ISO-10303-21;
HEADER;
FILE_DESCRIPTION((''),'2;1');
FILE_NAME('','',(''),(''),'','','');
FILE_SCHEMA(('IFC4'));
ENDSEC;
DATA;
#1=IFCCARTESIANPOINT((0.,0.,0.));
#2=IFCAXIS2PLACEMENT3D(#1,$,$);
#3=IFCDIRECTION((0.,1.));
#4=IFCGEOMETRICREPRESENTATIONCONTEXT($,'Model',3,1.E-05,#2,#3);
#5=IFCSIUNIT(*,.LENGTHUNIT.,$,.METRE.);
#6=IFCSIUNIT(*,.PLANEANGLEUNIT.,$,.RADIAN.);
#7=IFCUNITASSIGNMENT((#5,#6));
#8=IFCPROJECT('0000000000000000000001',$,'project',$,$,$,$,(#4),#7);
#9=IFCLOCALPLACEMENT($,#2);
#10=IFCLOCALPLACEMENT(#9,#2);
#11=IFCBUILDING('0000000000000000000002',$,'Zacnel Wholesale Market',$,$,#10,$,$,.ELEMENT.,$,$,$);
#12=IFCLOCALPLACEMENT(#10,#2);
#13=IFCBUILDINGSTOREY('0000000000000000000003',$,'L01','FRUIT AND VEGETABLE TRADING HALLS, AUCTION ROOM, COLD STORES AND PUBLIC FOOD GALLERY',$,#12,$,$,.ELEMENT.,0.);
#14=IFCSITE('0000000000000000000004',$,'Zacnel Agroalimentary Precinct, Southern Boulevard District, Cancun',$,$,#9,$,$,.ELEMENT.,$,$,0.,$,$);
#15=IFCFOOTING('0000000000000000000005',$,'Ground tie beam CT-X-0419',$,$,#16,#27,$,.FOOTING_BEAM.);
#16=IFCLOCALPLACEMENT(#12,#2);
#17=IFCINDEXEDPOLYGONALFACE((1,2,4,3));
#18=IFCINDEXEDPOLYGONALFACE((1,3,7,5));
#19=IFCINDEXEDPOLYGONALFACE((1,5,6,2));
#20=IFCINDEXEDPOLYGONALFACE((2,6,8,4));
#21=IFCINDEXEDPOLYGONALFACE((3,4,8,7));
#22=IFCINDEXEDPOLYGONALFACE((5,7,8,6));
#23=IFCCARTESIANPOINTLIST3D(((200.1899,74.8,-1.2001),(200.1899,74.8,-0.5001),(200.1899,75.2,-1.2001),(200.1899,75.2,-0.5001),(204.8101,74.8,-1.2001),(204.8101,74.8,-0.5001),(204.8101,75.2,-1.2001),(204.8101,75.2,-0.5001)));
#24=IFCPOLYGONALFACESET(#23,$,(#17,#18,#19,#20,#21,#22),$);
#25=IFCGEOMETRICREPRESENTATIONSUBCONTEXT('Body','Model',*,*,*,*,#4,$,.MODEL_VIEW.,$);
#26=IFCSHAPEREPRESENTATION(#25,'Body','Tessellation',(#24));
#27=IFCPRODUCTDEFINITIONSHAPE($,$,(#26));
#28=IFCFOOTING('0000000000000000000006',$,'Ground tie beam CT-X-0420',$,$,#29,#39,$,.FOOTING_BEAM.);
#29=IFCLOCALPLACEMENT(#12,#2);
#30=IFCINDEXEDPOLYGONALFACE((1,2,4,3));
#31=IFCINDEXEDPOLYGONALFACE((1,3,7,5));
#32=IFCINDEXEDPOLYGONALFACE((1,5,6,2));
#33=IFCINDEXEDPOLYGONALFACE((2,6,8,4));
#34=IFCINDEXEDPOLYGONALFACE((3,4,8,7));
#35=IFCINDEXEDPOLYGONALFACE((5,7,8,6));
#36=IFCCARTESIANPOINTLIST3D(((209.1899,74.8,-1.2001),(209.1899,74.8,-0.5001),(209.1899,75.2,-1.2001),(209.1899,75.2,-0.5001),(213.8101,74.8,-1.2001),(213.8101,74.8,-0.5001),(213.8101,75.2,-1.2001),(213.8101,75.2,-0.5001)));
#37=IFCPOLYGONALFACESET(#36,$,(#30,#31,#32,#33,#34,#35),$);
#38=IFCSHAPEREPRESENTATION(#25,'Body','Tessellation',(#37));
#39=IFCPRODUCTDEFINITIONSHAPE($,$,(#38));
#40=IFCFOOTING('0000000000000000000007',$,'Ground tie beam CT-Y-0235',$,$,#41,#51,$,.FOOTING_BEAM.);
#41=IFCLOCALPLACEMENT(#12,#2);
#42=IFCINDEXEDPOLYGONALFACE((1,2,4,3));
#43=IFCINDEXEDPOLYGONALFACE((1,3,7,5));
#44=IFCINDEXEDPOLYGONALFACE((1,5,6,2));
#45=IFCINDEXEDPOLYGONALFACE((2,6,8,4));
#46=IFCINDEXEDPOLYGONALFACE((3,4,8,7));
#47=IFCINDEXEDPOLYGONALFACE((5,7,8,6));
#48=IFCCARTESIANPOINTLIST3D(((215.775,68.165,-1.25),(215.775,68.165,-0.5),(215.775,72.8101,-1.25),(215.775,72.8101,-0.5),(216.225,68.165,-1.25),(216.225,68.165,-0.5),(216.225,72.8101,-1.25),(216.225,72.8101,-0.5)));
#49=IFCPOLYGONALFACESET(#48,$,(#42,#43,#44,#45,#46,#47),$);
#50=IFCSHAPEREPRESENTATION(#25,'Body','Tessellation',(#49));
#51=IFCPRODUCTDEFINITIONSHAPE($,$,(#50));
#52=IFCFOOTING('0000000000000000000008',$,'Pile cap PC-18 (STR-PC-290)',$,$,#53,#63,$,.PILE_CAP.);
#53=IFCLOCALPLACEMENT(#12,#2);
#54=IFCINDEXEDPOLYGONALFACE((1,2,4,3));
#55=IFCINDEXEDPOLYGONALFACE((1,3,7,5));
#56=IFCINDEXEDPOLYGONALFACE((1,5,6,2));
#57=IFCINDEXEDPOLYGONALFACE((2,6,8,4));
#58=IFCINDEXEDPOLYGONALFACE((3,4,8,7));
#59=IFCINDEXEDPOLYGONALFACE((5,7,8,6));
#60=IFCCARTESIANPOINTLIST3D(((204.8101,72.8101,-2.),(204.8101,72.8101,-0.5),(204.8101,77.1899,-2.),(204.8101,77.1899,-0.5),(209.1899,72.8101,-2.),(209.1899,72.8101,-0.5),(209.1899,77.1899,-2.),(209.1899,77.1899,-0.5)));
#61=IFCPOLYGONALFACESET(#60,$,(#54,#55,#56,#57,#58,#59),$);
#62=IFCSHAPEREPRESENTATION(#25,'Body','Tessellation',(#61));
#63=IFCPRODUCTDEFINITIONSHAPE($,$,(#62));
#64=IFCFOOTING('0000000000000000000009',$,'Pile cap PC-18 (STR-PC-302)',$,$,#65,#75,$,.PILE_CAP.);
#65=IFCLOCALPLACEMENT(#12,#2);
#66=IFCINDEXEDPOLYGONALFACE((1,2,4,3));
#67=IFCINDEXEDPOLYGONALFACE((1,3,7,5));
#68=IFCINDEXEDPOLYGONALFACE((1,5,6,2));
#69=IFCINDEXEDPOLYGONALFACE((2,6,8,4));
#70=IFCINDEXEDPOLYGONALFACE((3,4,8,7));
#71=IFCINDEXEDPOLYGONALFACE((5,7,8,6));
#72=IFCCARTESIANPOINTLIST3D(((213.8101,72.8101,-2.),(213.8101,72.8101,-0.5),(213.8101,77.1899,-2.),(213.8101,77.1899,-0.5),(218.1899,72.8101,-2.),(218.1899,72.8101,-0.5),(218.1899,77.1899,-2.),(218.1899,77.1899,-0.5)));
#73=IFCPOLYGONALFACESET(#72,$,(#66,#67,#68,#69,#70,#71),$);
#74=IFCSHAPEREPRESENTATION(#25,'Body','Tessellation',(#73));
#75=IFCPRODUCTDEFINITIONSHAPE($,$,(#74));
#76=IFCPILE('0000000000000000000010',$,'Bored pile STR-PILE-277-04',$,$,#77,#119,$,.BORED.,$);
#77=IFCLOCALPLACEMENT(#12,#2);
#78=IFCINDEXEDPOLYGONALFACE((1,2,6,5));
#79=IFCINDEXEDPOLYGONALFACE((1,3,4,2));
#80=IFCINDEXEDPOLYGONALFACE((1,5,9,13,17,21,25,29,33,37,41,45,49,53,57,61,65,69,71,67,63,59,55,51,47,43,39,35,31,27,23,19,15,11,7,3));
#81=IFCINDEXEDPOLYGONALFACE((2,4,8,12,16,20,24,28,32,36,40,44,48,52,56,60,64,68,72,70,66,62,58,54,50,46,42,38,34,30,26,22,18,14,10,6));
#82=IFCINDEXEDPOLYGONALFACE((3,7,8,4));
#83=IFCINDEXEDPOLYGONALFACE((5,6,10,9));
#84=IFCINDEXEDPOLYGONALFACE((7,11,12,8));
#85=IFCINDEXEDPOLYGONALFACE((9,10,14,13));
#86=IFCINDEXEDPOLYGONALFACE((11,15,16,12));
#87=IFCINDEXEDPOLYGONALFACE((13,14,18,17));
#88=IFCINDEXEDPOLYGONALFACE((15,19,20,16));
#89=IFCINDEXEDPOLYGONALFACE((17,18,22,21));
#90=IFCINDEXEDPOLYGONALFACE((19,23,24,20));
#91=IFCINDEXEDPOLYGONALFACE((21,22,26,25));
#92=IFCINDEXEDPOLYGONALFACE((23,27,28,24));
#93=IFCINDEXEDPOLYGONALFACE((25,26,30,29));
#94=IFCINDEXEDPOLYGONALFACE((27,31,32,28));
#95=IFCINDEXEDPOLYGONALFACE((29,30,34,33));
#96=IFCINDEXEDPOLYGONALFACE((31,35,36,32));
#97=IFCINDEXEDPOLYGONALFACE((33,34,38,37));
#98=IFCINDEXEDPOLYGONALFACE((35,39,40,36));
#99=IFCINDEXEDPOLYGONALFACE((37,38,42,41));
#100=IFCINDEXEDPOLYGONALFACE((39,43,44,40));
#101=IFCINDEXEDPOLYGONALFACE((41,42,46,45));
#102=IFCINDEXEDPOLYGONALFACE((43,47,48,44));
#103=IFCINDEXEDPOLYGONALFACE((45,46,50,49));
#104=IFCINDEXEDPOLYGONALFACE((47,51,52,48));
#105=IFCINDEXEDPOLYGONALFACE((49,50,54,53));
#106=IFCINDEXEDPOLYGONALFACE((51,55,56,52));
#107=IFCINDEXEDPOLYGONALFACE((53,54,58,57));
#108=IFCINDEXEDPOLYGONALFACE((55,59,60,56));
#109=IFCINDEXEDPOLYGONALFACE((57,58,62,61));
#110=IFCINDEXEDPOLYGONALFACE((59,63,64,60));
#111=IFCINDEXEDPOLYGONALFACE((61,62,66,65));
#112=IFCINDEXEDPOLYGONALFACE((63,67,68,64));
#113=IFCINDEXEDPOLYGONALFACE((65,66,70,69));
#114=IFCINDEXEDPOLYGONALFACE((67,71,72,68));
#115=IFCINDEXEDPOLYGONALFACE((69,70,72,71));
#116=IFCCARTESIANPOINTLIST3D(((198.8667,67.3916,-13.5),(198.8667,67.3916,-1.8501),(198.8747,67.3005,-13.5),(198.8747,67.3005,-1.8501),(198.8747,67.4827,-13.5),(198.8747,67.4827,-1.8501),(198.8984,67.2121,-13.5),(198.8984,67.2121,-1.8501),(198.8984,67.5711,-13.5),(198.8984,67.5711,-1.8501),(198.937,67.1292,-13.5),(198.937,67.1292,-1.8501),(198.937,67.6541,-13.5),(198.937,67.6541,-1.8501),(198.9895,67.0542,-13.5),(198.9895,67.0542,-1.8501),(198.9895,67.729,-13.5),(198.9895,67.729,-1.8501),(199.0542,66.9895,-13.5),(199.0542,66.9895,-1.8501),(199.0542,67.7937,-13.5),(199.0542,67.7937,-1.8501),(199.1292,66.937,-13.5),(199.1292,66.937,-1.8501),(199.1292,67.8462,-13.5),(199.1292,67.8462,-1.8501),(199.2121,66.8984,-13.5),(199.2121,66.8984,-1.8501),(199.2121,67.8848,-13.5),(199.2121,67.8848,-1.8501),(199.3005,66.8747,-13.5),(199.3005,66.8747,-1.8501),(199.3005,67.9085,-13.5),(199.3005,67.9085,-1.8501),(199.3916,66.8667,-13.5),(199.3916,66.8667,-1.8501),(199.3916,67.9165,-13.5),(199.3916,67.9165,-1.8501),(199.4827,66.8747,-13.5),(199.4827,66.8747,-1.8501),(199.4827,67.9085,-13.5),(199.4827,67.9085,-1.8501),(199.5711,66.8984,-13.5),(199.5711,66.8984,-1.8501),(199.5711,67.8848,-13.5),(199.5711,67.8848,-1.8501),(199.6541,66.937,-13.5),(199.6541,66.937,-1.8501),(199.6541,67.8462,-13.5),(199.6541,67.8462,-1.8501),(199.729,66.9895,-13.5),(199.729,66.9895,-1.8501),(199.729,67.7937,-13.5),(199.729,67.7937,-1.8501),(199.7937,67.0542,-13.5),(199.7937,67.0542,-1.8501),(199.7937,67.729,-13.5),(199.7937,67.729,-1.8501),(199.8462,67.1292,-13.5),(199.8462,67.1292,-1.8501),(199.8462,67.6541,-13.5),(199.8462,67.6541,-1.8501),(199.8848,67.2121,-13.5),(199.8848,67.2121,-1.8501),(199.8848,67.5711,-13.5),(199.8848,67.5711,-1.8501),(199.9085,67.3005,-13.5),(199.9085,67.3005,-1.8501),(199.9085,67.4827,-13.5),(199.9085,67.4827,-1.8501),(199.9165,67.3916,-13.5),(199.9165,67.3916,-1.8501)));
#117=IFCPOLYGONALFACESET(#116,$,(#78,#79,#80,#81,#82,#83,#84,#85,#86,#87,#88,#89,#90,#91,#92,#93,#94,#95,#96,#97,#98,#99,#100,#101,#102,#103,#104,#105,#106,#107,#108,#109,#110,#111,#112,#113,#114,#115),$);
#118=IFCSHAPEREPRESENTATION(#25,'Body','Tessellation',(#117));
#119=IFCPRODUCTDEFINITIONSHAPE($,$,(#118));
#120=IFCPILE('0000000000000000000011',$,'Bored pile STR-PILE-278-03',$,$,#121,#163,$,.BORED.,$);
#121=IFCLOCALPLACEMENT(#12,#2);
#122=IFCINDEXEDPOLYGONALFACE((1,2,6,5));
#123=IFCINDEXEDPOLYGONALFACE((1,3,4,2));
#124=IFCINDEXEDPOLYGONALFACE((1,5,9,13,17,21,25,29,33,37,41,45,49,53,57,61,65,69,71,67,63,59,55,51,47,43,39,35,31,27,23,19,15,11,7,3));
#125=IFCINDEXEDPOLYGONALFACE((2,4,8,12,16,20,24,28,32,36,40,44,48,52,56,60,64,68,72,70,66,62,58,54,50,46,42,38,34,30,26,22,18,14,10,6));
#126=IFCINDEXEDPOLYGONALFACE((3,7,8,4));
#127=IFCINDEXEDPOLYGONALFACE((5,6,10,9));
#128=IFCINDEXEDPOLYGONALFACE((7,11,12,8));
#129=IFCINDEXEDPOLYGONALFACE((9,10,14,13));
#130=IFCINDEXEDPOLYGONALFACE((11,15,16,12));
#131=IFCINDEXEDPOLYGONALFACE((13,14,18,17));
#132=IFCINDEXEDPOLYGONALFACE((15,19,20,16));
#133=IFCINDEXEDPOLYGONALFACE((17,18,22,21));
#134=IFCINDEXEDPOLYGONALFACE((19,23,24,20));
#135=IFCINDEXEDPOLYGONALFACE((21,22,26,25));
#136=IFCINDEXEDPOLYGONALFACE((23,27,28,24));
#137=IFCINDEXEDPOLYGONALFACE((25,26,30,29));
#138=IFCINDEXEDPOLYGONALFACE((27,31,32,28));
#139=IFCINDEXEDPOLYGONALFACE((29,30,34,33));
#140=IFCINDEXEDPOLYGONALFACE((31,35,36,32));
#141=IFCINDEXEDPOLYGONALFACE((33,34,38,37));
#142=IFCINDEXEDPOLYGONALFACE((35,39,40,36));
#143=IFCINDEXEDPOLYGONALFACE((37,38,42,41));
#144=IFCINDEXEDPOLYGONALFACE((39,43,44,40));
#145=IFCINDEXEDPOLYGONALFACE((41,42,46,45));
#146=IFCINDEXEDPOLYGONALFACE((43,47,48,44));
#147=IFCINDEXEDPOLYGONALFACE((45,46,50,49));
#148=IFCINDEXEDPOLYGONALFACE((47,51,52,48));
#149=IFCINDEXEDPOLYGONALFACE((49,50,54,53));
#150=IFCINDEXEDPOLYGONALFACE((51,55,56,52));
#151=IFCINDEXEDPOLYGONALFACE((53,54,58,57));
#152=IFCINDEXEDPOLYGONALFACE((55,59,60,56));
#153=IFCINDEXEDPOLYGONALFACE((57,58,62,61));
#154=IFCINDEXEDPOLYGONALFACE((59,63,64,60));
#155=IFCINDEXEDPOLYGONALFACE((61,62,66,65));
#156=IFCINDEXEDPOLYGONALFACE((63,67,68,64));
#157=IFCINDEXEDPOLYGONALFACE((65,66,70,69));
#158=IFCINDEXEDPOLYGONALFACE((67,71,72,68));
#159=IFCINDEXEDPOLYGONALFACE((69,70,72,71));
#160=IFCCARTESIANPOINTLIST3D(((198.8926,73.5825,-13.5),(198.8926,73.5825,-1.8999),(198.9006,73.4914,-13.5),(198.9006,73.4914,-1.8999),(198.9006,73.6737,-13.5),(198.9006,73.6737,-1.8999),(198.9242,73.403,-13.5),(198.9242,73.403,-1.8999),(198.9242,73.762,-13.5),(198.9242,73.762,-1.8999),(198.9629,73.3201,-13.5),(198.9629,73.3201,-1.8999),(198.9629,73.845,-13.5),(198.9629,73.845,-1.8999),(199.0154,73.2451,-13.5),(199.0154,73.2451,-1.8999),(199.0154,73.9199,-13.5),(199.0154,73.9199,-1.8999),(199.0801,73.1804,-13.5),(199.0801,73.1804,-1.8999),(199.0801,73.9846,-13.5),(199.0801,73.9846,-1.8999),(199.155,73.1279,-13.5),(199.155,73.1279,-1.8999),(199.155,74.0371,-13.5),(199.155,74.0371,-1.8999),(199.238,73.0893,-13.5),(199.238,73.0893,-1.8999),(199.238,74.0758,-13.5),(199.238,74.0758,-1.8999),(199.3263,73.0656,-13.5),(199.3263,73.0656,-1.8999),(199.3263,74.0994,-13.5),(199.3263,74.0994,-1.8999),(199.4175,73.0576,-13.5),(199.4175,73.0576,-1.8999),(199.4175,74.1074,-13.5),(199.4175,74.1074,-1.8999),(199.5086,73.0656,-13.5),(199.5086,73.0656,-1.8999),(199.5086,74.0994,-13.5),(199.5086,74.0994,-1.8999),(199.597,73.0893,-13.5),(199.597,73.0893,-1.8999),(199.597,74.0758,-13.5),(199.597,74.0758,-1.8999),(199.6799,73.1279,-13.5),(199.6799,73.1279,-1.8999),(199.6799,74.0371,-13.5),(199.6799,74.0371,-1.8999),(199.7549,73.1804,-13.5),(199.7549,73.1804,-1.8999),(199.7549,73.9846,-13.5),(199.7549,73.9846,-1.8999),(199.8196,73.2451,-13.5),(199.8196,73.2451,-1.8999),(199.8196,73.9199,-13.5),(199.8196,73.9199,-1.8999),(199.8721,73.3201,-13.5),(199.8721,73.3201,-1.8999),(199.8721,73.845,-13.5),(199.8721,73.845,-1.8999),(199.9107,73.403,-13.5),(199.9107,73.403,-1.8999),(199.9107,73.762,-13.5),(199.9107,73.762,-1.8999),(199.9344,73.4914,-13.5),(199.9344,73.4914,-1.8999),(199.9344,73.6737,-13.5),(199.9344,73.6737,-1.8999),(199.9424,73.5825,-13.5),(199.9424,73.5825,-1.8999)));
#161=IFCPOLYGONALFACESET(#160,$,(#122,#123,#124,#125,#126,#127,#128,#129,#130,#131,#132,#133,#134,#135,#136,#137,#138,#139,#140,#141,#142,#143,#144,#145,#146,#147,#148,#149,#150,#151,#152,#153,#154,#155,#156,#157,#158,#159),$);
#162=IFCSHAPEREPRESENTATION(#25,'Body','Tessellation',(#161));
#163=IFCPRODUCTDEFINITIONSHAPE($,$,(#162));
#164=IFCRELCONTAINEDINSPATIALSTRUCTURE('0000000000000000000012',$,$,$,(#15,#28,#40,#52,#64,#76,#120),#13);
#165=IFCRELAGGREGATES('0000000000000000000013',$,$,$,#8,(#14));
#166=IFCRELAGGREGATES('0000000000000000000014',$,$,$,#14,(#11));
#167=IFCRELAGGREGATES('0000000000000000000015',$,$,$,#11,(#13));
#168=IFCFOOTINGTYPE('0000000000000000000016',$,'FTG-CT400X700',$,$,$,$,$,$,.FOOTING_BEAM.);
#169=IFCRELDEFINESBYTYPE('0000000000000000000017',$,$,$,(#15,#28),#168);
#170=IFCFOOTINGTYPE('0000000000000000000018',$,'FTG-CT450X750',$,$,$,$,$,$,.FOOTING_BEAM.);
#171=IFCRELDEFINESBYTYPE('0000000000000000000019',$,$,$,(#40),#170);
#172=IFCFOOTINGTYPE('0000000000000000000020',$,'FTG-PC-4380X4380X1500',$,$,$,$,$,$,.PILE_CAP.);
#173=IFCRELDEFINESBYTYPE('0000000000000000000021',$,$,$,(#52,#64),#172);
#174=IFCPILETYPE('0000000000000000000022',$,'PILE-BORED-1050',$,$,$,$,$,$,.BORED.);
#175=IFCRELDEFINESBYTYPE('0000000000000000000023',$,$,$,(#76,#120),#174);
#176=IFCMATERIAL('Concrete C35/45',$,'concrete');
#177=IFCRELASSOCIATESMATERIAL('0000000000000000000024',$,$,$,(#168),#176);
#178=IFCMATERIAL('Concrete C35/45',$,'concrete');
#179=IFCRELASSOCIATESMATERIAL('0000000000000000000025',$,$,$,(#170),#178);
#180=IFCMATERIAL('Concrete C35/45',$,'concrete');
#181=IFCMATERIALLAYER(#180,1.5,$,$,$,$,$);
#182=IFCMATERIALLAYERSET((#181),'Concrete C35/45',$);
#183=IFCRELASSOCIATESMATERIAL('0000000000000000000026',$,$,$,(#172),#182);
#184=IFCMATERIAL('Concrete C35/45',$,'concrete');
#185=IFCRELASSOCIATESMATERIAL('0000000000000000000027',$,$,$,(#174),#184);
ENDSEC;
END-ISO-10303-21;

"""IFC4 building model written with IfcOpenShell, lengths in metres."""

from ifc_helpers import new_model, si_unit, direction, frame, origin, origin_2d, place, context, subcontext, project, spatial, rectangle, circle, extrude, material, layer, layer_set, material_profile, profile_set, type_object, element, save


model = new_model("IFC4")

# Units and contexts
model_context = context("Model", 3, precision=1e-05, world=origin(), true_north=direction((0.0, 1.0)))
body_context = subcontext(model_context, "Body", "Model", "MODEL_VIEW")
ifc_project = project(units=[si_unit("LENGTHUNIT", "METRE"), si_unit("PLANEANGLEUNIT", "RADIAN")], contexts=[model_context])

# Site, building, storey
site_placement = place(None, origin())
site = spatial("IfcSite", under=ifc_project, at=site_placement, Name="Zacnel Agroalimentary Precinct, Southern Boulevard District, Cancun", CompositionType="ELEMENT", RefElevation=0.0)
building_placement = place(site_placement, origin())
building = spatial("IfcBuilding", under=site, at=building_placement, Name="Zacnel Wholesale Market", CompositionType="ELEMENT")
storey_placement = place(building_placement, origin())
storey = spatial("IfcBuildingStorey", under=building, at=storey_placement, Name="L01", Description="FRUIT AND VEGETABLE TRADING HALLS, AUCTION ROOM, COLD STORES AND PUBLIC FOOD GALLERY", CompositionType="ELEMENT", Elevation=0.0)

# Footings
ifc_material_1 = material(Name="Concrete C35/45", Category="concrete")
ifc_material_profile_1 = material_profile(ifc_material_1, rectangle(XDim=0.3999, YDim=0.7, at=origin_2d()), Name="CT 400x700")
ifc_profile_set_1 = profile_set([ifc_material_profile_1], Name="Concrete C35/45")
footing_type_1 = type_object("IfcFootingType", Name="FTG-CT400X700", PredefinedType="FOOTING_BEAM", material=ifc_profile_set_1)
for number, where, z_axis, x_axis, name in (
    (1, (200.1899, 75.0, -0.8501), (1.0, 0.0, 0.0), (0.0, 1.0, 0.0), "Ground tie beam CT-X-0419"),
    (2, (209.1899, 75.0, -0.8501), (1.0, 0.0, 0.0), (0.0, 1.0, 0.0), "Ground tie beam CT-X-0420"),
):
    element("IfcFooting", number, at=place(storey_placement, frame(where, z_axis=z_axis, x_axis=x_axis)), inside=storey, type_object=footing_type_1, Name=name, PredefinedType="FOOTING_BEAM", context=body_context, shape_type="SweptSolid", body=[
        extrude(rectangle(XDim=0.3999, YDim=0.7, at=origin_2d()), origin(), (0.0, 0.0, 1.0), 4.6201),
    ])
ifc_material_2 = material(Name="Concrete C35/45", Category="concrete")
ifc_material_profile_2 = material_profile(ifc_material_2, rectangle(XDim=0.45, YDim=0.75, at=origin_2d()), Name="CT 450x750")
ifc_profile_set_2 = profile_set([ifc_material_profile_2], Name="Concrete C35/45")
footing_type_2 = type_object("IfcFootingType", Name="FTG-CT450X750", PredefinedType="FOOTING_BEAM", material=ifc_profile_set_2)
footing_placement = place(storey_placement, frame((216.0, 68.165, -0.875), z_axis=(0.0, 1.0, 0.0), x_axis=(-1.0, 0.0, 0.0)))
element("IfcFooting", 3, at=footing_placement, inside=storey, type_object=footing_type_2, Name="Ground tie beam CT-Y-0235", PredefinedType="FOOTING_BEAM", context=body_context, shape_type="SweptSolid", body=[
    extrude(rectangle(XDim=0.45, YDim=0.75, at=origin_2d()), origin(), (0.0, 0.0, 1.0), 4.645),
])
ifc_material_3 = material(Name="Concrete C35/45", Category="concrete")
ifc_layer_1 = layer(ifc_material_3, 1.5)
ifc_layer_set_1 = layer_set([ifc_layer_1], Name="Concrete C35/45")
footing_type_3 = type_object("IfcFootingType", Name="FTG-PC-4380X4380X1500", PredefinedType="PILE_CAP", material=ifc_layer_set_1)
for number, where, z_axis, x_axis, name in (
    (4, (207.0, 75.0, -2.0), (0.0, 0.0, 1.0), (1.0, 0.0, 0.0), "Pile cap PC-18 (STR-PC-290)"),
    (5, (216.0, 75.0, -2.0), (0.0, 0.0, 1.0), (1.0, 0.0, 0.0), "Pile cap PC-18 (STR-PC-302)"),
):
    element("IfcFooting", number, at=place(storey_placement, frame(where, z_axis=z_axis, x_axis=x_axis)), inside=storey, type_object=footing_type_3, Name=name, PredefinedType="PILE_CAP", context=body_context, shape_type="SweptSolid", body=[
        extrude(rectangle(XDim=4.3799, YDim=4.3799, at=origin_2d()), origin(), (0.0, 0.0, 1.0), 1.5),
    ])

# Piles
ifc_material_4 = material(Name="Concrete C35/45", Category="concrete")
ifc_material_profile_3 = material_profile(ifc_material_4, circle(Radius=0.5249, at=origin_2d()), Name="BORED PILE D1050")
ifc_profile_set_3 = profile_set([ifc_material_profile_3], Name="Concrete C35/45")
pile_type = type_object("IfcPileType", Name="PILE-BORED-1050", PredefinedType="BORED", material=ifc_profile_set_3)
pile_placement = place(storey_placement, frame((199.3916, 67.3916, -1.8501), z_axis=(0.0, 0.0, -1.0), x_axis=(1.0, 0.0, 0.0)))
element("IfcPile", 6, at=pile_placement, inside=storey, type_object=pile_type, Name="Bored pile STR-PILE-277-04", PredefinedType="BORED", context=body_context, shape_type="SweptSolid", body=[
    extrude(circle(Radius=0.5249, at=origin_2d()), origin(), (0.0, 0.0, 1.0), 11.6499),
])
for number, where, z_axis, x_axis, name in (
    (7, (199.4175, 73.5825, -1.8999), (0.0, 0.0, -1.0), (1.0, 0.0, 0.0), "Bored pile STR-PILE-278-03"),
):
    element("IfcPile", number, at=place(storey_placement, frame(where, z_axis=z_axis, x_axis=x_axis)), inside=storey, type_object=pile_type, Name=name, PredefinedType="BORED", context=body_context, shape_type="SweptSolid", body=[
        extrude(circle(Radius=0.5249, at=origin_2d()), origin(), (0.0, 0.0, 1.0), 11.6001),
    ])

save(model, "model.ifc")
